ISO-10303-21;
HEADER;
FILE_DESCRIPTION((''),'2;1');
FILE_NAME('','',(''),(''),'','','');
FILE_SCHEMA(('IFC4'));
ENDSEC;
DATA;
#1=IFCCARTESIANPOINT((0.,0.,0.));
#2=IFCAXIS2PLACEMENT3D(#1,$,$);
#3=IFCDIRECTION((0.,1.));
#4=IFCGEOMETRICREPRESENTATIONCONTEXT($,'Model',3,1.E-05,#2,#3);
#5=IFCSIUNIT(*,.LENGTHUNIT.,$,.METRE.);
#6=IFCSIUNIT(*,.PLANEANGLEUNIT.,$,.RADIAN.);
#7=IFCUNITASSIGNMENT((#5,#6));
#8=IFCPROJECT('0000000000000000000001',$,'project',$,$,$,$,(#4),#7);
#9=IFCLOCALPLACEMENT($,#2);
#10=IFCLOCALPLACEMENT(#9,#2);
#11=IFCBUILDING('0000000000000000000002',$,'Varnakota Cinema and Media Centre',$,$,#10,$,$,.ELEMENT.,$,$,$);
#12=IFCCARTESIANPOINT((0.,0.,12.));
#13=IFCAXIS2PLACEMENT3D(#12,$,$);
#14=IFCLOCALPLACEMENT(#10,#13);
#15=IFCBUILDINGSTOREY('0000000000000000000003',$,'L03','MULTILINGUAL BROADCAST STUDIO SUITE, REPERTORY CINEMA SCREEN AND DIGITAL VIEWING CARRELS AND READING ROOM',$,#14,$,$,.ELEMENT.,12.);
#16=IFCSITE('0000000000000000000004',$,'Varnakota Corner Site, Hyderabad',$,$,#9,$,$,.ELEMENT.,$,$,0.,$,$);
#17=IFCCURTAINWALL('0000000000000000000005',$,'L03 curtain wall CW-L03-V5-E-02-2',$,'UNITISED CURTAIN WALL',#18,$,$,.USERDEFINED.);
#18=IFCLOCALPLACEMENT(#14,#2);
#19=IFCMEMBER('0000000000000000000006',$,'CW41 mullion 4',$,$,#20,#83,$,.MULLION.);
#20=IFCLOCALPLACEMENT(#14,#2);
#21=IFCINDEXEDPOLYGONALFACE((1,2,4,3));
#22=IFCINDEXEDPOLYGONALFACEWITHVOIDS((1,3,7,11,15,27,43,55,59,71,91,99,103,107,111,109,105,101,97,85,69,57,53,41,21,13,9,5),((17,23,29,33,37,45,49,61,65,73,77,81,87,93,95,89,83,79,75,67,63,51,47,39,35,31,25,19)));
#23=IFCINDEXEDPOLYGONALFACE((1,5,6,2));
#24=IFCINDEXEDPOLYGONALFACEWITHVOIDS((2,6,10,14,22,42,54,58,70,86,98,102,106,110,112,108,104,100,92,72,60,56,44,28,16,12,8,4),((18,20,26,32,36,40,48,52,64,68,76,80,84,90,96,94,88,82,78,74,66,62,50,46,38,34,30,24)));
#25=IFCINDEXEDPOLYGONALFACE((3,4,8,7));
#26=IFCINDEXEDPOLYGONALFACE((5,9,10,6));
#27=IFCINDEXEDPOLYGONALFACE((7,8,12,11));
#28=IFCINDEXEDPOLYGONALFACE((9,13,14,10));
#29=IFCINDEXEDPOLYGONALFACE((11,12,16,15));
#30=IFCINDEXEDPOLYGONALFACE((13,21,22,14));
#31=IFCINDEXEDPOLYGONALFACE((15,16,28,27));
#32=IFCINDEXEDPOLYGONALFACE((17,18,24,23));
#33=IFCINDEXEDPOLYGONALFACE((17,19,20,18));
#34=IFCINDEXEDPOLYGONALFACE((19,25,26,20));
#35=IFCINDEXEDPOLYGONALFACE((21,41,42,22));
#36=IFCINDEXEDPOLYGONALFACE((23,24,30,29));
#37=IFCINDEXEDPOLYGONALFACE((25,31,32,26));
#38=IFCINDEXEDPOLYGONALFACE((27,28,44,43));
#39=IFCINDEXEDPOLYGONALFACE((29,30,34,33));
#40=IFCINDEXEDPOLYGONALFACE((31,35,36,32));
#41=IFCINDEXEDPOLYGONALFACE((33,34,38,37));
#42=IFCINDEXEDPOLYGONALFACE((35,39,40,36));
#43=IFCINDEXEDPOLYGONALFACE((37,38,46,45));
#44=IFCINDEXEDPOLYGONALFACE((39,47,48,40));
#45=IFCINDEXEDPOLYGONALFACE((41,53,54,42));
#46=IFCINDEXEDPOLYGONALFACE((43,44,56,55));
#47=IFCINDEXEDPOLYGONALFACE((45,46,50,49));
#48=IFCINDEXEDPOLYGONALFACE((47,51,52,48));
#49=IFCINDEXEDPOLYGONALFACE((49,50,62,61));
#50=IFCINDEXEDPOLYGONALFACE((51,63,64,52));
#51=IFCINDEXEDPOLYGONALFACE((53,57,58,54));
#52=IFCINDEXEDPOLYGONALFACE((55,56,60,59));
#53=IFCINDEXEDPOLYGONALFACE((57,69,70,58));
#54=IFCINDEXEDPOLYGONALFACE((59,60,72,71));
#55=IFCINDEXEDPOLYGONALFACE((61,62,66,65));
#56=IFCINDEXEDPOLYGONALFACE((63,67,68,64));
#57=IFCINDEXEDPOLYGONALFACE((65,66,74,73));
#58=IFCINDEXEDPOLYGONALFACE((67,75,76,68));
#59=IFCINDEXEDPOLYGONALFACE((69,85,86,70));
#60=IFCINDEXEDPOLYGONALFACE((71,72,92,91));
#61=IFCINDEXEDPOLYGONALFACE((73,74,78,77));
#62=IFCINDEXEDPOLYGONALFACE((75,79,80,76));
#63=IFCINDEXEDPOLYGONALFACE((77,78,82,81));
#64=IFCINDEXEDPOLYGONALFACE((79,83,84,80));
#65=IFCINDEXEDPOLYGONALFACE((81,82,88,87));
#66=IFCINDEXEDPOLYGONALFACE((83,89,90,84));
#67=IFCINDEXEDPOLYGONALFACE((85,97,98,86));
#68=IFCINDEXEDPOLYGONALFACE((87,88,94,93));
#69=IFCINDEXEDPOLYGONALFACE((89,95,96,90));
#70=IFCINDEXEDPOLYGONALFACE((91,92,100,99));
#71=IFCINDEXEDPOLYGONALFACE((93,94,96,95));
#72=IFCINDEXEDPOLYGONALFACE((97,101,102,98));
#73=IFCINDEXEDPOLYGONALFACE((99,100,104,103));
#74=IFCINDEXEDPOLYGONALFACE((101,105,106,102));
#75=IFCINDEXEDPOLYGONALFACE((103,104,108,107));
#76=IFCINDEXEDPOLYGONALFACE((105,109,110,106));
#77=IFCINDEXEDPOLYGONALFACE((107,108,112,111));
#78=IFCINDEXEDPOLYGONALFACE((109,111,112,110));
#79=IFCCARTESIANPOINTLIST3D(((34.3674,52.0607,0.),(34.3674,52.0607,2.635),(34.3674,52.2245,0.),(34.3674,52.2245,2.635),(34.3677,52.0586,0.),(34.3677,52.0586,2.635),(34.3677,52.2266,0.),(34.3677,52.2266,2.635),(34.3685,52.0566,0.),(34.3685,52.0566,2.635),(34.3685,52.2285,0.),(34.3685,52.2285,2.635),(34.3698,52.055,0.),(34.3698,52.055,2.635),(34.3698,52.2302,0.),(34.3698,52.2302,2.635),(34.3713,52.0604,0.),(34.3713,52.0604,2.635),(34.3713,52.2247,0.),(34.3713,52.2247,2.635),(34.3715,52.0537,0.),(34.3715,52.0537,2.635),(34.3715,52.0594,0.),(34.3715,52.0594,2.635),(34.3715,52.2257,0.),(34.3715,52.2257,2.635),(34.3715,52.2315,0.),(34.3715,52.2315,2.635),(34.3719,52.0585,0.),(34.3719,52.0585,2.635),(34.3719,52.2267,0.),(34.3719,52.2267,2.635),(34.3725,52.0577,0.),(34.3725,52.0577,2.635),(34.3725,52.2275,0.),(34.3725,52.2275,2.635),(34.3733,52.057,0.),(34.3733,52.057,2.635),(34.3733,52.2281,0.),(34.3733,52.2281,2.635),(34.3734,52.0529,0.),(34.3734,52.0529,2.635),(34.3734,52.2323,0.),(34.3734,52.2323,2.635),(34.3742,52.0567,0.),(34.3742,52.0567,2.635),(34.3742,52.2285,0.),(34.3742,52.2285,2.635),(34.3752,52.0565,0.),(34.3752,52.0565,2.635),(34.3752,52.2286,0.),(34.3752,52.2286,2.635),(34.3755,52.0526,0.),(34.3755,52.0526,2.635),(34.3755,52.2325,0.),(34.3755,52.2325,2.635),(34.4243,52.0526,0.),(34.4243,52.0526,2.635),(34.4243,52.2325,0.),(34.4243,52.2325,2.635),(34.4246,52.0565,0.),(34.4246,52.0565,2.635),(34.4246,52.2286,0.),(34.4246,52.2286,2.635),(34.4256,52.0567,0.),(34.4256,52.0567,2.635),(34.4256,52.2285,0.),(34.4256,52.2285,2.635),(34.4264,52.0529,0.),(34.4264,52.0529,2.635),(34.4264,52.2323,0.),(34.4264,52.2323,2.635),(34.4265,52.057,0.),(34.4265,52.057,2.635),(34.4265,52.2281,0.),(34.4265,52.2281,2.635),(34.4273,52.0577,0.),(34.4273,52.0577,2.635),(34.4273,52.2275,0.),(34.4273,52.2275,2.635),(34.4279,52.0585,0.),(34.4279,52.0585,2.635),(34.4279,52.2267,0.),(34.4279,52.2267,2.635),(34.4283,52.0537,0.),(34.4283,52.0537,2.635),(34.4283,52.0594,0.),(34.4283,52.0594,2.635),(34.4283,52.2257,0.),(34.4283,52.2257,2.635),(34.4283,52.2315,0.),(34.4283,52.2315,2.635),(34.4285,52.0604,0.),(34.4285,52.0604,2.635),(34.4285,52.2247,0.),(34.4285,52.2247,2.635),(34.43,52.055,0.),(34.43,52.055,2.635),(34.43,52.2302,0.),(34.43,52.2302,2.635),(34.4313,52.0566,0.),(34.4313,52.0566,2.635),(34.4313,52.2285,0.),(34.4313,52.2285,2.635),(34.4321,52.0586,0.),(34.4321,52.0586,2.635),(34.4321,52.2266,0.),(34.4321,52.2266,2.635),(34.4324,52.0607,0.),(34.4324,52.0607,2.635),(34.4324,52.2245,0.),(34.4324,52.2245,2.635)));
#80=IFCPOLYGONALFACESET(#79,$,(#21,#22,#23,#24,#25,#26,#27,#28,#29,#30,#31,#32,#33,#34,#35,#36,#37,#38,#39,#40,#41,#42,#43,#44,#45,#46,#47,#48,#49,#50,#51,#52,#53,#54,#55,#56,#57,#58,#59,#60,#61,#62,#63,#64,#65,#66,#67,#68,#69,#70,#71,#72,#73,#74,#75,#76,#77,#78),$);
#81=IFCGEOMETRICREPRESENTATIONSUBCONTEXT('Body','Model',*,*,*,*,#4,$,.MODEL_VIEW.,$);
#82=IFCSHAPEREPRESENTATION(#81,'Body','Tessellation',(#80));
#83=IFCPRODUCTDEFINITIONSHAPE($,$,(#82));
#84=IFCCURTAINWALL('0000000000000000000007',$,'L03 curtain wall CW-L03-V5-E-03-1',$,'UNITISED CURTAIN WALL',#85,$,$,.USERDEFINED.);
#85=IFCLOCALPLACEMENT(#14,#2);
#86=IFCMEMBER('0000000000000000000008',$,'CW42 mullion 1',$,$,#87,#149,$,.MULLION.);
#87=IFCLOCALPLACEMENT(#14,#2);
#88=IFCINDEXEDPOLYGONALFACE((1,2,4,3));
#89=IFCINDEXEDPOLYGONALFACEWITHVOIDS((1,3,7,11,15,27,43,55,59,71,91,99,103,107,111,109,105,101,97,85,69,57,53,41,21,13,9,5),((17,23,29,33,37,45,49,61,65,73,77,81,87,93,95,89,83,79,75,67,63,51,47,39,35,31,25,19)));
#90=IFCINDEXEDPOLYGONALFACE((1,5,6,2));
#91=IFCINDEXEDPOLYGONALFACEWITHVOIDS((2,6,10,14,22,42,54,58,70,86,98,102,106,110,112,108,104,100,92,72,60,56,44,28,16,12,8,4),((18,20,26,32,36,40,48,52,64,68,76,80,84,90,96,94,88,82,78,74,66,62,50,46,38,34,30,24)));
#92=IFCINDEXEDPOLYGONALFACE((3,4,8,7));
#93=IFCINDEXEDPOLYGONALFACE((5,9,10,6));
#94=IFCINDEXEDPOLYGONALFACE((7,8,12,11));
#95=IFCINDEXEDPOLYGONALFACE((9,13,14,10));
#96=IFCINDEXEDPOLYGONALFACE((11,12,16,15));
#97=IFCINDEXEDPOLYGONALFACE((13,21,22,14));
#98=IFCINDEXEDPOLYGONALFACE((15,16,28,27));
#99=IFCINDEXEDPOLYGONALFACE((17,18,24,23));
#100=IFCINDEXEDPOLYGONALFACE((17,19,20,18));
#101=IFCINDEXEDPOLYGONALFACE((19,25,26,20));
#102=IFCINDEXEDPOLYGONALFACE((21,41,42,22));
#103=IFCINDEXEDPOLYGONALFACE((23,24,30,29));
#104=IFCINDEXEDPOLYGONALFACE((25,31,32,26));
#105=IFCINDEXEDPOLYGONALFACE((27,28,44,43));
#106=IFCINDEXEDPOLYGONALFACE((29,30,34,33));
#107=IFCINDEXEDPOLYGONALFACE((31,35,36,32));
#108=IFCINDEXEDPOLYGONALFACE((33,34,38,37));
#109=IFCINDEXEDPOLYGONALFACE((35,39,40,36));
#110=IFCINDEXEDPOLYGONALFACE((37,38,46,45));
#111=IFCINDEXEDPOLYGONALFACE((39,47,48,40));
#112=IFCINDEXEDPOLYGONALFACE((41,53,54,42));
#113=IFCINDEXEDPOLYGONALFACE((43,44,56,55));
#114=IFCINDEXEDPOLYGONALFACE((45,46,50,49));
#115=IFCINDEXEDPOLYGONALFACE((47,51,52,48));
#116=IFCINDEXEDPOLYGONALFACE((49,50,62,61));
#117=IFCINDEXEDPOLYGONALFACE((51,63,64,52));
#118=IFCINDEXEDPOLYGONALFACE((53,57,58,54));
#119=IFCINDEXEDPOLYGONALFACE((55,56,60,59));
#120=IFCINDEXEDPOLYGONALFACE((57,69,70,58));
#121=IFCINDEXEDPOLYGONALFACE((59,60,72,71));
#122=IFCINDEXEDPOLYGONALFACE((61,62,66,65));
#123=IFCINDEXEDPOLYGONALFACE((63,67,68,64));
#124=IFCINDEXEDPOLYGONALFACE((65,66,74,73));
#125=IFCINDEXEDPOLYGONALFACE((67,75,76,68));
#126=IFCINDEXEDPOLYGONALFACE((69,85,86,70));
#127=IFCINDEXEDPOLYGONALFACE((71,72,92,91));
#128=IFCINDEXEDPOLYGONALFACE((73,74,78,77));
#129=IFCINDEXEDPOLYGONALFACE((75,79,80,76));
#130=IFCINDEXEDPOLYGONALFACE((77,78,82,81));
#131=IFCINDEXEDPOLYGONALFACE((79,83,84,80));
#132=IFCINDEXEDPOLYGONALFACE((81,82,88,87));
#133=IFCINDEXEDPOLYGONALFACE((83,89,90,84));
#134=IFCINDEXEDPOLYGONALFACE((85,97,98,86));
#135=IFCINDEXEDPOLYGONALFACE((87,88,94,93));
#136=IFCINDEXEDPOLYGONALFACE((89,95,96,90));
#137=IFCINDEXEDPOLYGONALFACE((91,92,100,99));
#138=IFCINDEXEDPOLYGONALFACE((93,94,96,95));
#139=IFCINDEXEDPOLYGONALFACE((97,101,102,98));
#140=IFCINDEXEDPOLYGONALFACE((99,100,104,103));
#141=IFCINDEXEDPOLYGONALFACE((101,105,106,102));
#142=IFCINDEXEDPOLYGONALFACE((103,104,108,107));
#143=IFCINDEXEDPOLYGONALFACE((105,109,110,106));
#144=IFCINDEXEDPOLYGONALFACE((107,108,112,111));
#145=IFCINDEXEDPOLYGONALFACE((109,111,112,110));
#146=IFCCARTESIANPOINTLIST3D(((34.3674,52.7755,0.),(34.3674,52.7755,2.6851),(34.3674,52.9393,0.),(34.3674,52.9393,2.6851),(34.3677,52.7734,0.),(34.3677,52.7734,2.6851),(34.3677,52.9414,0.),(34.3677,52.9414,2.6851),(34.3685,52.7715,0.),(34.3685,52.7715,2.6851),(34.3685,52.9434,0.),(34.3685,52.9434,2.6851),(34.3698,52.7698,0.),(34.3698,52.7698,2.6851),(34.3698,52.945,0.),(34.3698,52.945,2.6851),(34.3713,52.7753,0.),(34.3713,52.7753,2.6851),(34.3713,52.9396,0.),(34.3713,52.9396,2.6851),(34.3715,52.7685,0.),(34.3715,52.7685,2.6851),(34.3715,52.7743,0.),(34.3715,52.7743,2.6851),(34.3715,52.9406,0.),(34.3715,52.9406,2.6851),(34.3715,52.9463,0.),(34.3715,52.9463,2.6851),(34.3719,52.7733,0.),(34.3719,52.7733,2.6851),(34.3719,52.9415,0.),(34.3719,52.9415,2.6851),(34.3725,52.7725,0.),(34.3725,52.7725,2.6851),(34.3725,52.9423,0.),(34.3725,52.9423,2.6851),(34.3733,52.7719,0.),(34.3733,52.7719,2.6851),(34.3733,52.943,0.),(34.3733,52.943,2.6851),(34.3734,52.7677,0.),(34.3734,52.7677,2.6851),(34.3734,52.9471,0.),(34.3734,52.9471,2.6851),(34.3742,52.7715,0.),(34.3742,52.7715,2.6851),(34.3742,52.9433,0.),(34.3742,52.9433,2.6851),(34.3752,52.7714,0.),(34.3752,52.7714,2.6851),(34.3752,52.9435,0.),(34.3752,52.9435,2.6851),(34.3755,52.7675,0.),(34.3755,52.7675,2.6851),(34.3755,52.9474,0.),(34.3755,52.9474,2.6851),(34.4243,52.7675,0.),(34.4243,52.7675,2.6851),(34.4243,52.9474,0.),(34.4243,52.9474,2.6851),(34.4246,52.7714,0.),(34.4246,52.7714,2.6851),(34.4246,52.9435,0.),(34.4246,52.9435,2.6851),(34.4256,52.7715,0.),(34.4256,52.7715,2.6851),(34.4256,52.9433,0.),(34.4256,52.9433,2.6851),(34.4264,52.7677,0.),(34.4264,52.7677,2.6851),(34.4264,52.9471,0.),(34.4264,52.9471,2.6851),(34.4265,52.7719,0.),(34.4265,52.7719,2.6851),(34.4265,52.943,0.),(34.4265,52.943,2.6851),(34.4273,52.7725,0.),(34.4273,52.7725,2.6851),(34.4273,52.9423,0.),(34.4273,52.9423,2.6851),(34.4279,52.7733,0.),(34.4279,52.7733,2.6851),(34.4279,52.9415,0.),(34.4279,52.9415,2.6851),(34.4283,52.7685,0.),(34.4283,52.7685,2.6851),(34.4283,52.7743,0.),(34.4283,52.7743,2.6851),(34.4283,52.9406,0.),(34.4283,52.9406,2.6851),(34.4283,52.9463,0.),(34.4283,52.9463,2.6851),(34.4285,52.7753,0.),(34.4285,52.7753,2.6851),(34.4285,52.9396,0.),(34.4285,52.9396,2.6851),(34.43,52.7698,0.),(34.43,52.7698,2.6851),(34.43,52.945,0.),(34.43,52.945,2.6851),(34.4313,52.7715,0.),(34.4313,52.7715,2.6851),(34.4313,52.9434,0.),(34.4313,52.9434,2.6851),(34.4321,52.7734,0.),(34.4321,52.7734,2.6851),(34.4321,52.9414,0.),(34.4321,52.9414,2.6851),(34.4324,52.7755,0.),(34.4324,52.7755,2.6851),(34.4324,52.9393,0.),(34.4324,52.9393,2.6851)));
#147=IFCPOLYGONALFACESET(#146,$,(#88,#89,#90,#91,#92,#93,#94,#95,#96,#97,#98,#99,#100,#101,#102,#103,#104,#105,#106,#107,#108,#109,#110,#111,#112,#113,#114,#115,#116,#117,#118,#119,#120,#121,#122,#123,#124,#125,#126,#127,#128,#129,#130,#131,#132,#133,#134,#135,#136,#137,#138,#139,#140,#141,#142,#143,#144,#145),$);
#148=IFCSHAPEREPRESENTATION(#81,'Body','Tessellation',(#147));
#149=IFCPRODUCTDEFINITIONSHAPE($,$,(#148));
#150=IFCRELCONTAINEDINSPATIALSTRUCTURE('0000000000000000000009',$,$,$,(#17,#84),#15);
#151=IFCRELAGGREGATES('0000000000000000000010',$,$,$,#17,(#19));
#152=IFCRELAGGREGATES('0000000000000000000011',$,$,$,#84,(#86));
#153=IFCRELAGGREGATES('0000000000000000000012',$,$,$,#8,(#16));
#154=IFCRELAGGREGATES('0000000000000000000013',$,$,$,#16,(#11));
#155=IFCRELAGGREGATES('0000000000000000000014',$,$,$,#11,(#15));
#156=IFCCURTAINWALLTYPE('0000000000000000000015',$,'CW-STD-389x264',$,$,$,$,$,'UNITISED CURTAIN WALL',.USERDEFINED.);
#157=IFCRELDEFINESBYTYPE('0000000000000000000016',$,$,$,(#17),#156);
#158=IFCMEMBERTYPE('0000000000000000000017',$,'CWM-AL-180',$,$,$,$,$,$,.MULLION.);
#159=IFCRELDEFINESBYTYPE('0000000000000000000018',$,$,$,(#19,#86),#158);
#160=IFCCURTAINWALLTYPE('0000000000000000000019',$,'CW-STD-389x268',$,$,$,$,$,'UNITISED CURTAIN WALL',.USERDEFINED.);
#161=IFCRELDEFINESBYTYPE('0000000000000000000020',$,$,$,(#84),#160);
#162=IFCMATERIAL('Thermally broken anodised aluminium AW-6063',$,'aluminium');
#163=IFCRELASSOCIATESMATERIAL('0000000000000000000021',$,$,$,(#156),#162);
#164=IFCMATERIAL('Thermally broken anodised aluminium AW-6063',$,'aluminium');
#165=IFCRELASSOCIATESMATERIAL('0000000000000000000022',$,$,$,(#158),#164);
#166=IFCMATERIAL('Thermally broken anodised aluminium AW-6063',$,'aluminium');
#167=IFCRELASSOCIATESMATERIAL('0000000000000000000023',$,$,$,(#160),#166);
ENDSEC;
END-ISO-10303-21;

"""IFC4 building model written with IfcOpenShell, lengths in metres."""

from ifc_helpers import new_model, si_unit, direction, frame, origin, origin_2d, place, context, subcontext, project, spatial, hollow_rectangle, extrude, material, material_profile, profile_set, type_object, element, aggregate, save


model = new_model("IFC4")

# Units and contexts
model_context = context("Model", 3, precision=1e-05, world=origin(), true_north=direction((0.0, 1.0)))
body_context = subcontext(model_context, "Body", "Model", "MODEL_VIEW")
ifc_project = project(units=[si_unit("LENGTHUNIT", "METRE"), si_unit("PLANEANGLEUNIT", "RADIAN")], contexts=[model_context])

# Site, building, storey
site_placement = place(None, origin())
site = spatial("IfcSite", under=ifc_project, at=site_placement, Name="Varnakota Corner Site, Hyderabad", CompositionType="ELEMENT", RefElevation=0.0)
building_placement = place(site_placement, origin())
building = spatial("IfcBuilding", under=site, at=building_placement, Name="Varnakota Cinema and Media Centre", CompositionType="ELEMENT")
storey_placement = place(building_placement, frame((0.0, 0.0, 12.0)))
storey = spatial("IfcBuildingStorey", under=building, at=storey_placement, Name="L03", Description="MULTILINGUAL BROADCAST STUDIO SUITE, REPERTORY CINEMA SCREEN AND DIGITAL VIEWING CARRELS AND READING ROOM", CompositionType="ELEMENT", Elevation=12.0)

# Curtain wall, member
ifc_material_1 = material(Name="Thermally broken anodised aluminium AW-6063", Category="aluminium")
curtain_wall_type_1 = type_object("IfcCurtainWallType", Name="CW-STD-389x264", ElementType="UNITISED CURTAIN WALL", PredefinedType="USERDEFINED", material=ifc_material_1)
curtain_wall_1_placement = place(storey_placement, origin())
curtain_wall_1 = element("IfcCurtainWall", 1, at=curtain_wall_1_placement, inside=storey, type_object=curtain_wall_type_1, Name="L03 curtain wall CW-L03-V5-E-02-2", ObjectType="UNITISED CURTAIN WALL", PredefinedType="USERDEFINED")
ifc_material_2 = material(Name="Thermally broken anodised aluminium AW-6063", Category="aluminium")
ifc_material_profile_1 = material_profile(ifc_material_2, hollow_rectangle(XDim=0.0649, YDim=0.1799, WallThickness=0.0039, InnerFilletRadius=0.0039, OuterFilletRadius=0.0081, at=origin_2d()), Name="AL-MULLION 180x65x4")
ifc_profile_set_1 = profile_set([ifc_material_profile_1], Name="Thermally broken anodised aluminium AW-6063")
member_type_1 = type_object("IfcMemberType", Name="CWM-AL-180", PredefinedType="MULLION", material=ifc_profile_set_1)
member_1_placement = place(storey_placement, frame((34.3999, 52.1426, 0.0), z_axis=(0.0, 0.0, 1.0), x_axis=(-1.0, 0.0, 0.0)))
member_1 = element("IfcMember", 2, at=member_1_placement, type_object=member_type_1, Name="CW41 mullion 4", PredefinedType="MULLION", context=body_context, shape_type="SweptSolid", body=[
    extrude(hollow_rectangle(XDim=0.0649, YDim=0.1799, WallThickness=0.0039, InnerFilletRadius=0.0039, OuterFilletRadius=0.0081, at=origin_2d()), origin(), (0.0, 0.0, 1.0), 2.635),
])

# Curtain wall, member
ifc_material_3 = material(Name="Thermally broken anodised aluminium AW-6063", Category="aluminium")
curtain_wall_type_2 = type_object("IfcCurtainWallType", Name="CW-STD-389x268", ElementType="UNITISED CURTAIN WALL", PredefinedType="USERDEFINED", material=ifc_material_3)
curtain_wall_2_placement = place(storey_placement, origin())
curtain_wall_2 = element("IfcCurtainWall", 3, at=curtain_wall_2_placement, inside=storey, type_object=curtain_wall_type_2, Name="L03 curtain wall CW-L03-V5-E-03-1", ObjectType="UNITISED CURTAIN WALL", PredefinedType="USERDEFINED")
member_2_placement = place(storey_placement, frame((34.3999, 52.8574, 0.0), z_axis=(0.0, 0.0, 1.0), x_axis=(-1.0, 0.0, 0.0)))
member_2 = element("IfcMember", 4, at=member_2_placement, type_object=member_type_1, Name="CW42 mullion 1", PredefinedType="MULLION", context=body_context, shape_type="SweptSolid", body=[
    extrude(hollow_rectangle(XDim=0.0649, YDim=0.1799, WallThickness=0.0039, InnerFilletRadius=0.0039, OuterFilletRadius=0.0081, at=origin_2d()), origin(), (0.0, 0.0, 1.0), 2.6851),
])

aggregate(curtain_wall_1, [member_1])
aggregate(curtain_wall_2, [member_2])

save(model, "model.ifc")
